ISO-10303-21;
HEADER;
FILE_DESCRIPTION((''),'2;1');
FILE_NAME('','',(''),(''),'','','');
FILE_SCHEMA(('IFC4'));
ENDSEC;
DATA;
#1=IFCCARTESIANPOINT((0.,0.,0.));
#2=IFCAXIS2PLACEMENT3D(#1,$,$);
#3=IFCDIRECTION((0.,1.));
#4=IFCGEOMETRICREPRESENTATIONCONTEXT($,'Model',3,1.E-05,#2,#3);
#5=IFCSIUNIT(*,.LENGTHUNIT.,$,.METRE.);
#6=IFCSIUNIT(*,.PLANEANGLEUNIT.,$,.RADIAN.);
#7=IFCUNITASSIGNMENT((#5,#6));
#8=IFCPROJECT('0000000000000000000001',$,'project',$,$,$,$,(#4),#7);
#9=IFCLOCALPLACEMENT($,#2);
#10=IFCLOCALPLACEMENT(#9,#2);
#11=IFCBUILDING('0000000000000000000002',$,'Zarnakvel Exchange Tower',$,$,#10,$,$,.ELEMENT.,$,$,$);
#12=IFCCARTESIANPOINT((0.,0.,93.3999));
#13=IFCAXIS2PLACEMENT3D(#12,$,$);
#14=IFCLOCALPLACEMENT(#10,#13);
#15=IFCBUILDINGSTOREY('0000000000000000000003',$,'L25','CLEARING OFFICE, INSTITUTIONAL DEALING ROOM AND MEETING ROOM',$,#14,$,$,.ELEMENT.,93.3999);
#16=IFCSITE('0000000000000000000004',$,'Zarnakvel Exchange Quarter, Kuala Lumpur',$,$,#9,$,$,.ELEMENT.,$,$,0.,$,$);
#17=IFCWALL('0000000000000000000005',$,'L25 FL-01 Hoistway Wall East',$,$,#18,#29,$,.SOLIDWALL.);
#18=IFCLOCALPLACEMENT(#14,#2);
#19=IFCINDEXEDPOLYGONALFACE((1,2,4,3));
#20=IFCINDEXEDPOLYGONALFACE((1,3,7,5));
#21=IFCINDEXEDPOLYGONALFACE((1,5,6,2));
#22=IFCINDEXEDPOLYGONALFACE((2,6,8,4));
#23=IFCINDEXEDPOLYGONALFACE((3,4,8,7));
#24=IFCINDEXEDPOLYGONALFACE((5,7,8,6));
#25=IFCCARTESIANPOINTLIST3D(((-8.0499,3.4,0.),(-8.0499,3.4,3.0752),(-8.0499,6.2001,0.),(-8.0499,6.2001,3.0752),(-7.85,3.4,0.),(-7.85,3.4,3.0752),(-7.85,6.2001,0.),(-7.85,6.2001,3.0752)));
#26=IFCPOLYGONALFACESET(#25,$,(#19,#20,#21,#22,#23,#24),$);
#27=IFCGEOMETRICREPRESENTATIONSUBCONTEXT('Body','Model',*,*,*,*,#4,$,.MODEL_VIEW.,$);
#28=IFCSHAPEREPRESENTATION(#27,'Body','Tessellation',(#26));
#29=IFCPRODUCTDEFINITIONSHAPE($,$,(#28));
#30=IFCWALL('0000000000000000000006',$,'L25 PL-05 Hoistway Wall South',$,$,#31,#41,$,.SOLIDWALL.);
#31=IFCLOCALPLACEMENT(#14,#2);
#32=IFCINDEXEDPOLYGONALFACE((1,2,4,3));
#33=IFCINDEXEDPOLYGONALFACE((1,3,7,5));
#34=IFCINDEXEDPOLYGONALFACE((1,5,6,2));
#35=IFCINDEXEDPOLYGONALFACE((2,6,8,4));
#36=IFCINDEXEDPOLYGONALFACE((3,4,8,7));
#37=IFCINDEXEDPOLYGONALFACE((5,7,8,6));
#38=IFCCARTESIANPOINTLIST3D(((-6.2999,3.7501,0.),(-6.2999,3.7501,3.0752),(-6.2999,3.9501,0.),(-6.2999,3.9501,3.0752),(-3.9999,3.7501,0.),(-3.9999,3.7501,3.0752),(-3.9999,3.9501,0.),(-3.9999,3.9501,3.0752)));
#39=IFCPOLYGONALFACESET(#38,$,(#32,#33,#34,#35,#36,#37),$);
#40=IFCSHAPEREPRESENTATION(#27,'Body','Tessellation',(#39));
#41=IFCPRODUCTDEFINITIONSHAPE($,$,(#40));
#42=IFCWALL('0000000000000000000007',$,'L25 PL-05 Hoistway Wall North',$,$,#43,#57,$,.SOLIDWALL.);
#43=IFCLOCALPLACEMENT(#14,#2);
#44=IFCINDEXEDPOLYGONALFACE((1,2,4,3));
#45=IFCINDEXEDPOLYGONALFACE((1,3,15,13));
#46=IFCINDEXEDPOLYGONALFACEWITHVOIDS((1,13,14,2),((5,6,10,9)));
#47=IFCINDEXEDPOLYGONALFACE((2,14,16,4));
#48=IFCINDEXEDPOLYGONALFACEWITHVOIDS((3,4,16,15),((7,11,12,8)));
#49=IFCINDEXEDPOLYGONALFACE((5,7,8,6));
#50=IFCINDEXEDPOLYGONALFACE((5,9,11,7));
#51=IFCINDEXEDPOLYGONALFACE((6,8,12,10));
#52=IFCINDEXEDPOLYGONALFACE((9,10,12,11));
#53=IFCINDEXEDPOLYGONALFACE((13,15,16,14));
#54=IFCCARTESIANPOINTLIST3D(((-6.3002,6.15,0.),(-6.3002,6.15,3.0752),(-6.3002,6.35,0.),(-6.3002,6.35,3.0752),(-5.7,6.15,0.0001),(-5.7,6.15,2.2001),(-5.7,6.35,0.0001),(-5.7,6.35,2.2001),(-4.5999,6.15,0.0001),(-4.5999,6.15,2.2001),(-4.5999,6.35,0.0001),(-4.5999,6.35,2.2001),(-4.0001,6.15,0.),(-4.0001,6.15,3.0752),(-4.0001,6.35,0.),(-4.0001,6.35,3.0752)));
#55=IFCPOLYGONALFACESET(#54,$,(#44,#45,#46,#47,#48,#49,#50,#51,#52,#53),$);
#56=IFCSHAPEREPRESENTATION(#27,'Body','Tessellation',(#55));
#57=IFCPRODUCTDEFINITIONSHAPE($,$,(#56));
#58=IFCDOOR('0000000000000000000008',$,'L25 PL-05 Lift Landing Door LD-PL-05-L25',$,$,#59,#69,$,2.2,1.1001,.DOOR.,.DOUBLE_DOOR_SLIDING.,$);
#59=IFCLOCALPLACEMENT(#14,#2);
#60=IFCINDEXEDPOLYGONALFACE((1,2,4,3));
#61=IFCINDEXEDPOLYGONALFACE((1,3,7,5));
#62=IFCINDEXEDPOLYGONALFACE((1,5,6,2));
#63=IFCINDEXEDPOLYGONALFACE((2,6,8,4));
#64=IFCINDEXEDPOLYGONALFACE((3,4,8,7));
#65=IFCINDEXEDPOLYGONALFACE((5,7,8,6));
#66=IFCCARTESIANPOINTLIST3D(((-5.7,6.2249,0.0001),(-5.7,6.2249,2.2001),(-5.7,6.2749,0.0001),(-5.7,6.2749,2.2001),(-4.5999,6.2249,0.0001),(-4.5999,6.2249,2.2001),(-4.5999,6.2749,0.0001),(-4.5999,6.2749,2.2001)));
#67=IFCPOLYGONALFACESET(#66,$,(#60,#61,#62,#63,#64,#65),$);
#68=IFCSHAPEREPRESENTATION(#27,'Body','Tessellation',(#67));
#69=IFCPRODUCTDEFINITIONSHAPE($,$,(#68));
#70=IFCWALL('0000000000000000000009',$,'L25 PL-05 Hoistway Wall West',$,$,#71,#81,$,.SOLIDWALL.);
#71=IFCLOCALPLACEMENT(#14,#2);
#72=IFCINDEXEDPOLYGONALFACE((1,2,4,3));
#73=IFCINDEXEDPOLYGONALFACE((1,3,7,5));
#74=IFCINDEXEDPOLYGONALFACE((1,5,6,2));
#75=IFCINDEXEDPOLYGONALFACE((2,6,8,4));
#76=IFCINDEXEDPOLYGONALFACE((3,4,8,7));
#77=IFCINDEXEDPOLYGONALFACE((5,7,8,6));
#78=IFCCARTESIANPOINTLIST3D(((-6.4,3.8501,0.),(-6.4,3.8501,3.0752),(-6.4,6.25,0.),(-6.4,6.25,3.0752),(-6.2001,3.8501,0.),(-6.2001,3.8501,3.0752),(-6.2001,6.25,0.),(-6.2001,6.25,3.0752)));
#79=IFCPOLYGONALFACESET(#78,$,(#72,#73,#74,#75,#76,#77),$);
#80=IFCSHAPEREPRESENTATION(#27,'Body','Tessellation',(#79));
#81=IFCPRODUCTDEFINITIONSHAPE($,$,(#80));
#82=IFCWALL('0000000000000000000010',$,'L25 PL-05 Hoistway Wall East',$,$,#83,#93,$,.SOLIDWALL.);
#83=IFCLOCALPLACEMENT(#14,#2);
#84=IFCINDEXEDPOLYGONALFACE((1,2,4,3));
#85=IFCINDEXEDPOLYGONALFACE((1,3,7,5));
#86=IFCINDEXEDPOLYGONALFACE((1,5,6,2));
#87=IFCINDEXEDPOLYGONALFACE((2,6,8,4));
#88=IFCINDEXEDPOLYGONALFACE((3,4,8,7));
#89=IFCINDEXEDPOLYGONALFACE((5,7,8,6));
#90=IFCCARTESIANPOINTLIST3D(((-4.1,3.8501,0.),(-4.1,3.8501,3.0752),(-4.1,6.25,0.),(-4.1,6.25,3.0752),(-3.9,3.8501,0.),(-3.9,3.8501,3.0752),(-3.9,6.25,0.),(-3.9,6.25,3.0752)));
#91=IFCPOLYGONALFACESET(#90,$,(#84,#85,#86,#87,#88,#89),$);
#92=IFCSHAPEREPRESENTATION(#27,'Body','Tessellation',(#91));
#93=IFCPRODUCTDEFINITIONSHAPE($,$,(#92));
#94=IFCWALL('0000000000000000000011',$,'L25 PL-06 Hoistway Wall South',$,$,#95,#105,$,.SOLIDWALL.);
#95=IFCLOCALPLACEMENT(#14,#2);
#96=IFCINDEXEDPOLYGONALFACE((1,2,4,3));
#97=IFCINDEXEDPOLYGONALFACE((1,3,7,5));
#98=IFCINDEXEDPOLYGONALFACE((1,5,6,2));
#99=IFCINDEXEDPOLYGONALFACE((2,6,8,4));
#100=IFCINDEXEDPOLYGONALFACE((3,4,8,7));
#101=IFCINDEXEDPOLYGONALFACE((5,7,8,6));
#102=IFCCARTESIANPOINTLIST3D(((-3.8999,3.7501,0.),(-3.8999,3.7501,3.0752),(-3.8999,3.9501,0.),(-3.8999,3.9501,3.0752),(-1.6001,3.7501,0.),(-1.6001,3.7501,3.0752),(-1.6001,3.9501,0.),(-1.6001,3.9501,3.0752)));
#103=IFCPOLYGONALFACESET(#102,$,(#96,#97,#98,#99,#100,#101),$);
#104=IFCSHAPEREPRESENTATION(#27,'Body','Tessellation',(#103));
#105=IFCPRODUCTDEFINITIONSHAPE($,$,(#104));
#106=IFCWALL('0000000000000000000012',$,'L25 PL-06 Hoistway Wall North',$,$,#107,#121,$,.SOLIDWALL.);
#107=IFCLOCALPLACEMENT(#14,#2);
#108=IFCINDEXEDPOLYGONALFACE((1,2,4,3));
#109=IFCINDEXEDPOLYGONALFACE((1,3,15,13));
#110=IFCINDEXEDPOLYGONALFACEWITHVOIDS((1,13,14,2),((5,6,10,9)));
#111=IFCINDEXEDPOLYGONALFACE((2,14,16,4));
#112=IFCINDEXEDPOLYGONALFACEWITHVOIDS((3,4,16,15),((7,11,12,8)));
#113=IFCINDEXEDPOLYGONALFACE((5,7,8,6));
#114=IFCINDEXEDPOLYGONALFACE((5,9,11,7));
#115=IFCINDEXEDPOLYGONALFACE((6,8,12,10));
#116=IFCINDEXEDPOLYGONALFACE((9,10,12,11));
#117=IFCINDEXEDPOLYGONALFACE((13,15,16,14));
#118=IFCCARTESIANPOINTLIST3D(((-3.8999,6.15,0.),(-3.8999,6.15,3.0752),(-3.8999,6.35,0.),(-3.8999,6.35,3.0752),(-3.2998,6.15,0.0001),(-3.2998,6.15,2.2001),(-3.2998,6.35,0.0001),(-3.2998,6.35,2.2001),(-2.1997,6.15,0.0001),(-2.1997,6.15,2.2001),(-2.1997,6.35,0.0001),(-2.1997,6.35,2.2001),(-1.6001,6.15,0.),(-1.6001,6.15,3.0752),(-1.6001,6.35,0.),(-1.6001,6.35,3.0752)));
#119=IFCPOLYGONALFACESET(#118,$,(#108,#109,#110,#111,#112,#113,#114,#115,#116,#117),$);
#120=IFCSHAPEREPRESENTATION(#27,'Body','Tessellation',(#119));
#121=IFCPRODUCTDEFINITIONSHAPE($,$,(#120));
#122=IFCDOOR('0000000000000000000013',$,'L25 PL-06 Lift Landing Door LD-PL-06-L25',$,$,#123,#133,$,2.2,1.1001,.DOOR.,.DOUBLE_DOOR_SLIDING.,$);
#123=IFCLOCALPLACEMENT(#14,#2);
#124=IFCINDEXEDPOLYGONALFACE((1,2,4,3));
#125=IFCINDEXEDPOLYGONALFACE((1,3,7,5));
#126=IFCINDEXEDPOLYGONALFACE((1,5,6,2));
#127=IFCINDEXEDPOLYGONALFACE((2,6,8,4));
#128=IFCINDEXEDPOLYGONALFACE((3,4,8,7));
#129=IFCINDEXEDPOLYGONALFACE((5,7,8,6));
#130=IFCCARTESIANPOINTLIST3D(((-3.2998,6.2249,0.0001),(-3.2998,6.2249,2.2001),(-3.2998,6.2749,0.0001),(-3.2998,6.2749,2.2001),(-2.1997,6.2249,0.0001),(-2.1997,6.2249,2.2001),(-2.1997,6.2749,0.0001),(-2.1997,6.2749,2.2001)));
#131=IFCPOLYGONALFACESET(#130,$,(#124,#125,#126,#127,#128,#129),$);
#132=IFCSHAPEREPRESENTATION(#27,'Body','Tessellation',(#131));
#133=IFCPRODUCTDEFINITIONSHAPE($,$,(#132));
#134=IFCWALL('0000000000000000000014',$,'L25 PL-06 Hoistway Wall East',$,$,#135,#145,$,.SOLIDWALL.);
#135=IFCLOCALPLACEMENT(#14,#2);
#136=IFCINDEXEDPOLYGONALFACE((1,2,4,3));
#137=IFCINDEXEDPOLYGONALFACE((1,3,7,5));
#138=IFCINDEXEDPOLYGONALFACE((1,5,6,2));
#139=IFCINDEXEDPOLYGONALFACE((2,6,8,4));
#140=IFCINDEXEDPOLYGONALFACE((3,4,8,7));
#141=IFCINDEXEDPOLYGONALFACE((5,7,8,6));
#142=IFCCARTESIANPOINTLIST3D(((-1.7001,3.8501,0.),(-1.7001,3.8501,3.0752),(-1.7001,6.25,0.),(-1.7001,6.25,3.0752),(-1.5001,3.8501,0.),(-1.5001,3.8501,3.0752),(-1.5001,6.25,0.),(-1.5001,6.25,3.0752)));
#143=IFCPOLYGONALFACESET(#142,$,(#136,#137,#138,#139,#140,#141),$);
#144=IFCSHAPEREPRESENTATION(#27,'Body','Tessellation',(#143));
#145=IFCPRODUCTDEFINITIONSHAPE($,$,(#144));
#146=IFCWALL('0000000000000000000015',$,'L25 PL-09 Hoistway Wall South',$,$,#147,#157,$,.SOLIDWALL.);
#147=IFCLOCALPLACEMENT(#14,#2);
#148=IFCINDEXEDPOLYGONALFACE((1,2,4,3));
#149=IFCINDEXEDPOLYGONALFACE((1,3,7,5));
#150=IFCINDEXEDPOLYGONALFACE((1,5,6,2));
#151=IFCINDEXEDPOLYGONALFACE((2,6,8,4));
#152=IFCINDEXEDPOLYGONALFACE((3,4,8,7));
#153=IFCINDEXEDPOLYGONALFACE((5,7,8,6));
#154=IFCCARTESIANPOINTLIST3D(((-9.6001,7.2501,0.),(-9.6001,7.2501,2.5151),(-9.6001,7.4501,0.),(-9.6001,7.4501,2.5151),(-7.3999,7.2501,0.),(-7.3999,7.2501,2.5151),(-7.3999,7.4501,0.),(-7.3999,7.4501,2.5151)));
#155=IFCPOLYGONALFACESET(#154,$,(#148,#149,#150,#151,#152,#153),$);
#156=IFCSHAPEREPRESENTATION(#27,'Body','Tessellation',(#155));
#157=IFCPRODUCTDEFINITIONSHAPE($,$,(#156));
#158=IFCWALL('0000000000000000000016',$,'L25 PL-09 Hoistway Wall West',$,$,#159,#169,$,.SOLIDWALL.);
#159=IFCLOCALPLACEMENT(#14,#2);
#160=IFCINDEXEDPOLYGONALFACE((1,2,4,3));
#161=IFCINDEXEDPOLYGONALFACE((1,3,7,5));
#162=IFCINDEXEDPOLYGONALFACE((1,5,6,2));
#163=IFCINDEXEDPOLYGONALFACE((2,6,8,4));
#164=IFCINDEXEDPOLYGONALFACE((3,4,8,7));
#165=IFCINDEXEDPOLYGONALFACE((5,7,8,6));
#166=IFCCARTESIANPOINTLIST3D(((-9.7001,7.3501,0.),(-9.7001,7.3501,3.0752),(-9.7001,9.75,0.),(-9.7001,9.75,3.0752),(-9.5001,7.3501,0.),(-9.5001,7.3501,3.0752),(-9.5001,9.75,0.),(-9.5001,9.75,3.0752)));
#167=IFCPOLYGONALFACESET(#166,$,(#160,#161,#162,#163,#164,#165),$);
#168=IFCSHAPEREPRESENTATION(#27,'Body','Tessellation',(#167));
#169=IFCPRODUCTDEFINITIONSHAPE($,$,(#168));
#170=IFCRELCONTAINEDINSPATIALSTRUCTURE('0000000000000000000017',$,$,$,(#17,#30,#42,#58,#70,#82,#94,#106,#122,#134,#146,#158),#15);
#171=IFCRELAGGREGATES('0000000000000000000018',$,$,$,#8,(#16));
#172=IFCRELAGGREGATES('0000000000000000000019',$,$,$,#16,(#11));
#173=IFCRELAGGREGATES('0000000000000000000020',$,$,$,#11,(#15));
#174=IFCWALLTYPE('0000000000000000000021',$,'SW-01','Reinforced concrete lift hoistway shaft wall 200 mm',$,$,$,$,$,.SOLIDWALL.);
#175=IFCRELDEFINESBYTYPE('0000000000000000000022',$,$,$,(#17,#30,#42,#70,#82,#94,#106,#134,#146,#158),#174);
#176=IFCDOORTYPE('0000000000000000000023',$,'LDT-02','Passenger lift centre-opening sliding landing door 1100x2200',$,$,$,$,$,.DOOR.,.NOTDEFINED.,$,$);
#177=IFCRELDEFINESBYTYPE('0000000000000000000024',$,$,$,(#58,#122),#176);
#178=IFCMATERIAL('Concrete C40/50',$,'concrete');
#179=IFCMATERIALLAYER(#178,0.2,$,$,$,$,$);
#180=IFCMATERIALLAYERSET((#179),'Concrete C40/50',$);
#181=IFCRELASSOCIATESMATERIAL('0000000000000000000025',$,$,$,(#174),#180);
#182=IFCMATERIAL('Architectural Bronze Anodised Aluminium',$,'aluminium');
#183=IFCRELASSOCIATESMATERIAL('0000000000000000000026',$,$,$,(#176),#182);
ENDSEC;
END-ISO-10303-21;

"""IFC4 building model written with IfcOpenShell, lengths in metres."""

from ifc_helpers import new_model, si_unit, direction, frame, frame_2d, origin, place, context, subcontext, project, spatial, rectangle, extrude, source, transform, mapped, material, layer, layer_set, type_object, element, fill, save


model = new_model("IFC4")

# Units and contexts
model_context = context("Model", 3, precision=1e-05, world=origin(), true_north=direction((0.0, 1.0)))
body_context = subcontext(model_context, "Body", "Model", "MODEL_VIEW")
ifc_project = project(units=[si_unit("LENGTHUNIT", "METRE"), si_unit("PLANEANGLEUNIT", "RADIAN")], contexts=[model_context])

# Site, building, storey
site_placement = place(None, origin())
site = spatial("IfcSite", under=ifc_project, at=site_placement, Name="Zarnakvel Exchange Quarter, Kuala Lumpur", CompositionType="ELEMENT", RefElevation=0.0)
building_placement = place(site_placement, origin())
building = spatial("IfcBuilding", under=site, at=building_placement, Name="Zarnakvel Exchange Tower", CompositionType="ELEMENT")
storey_placement = place(building_placement, frame((0.0, 0.0, 93.3999)))
storey = spatial("IfcBuildingStorey", under=building, at=storey_placement, Name="L25", Description="CLEARING OFFICE, INSTITUTIONAL DEALING ROOM AND MEETING ROOM", CompositionType="ELEMENT", Elevation=93.3999)

# Shared definitions
ifc_material_1 = material(Name="Concrete C40/50", Category="concrete")
ifc_layer_1 = layer(ifc_material_1, 0.2)
ifc_layer_set_1 = layer_set([ifc_layer_1], Name="Concrete C40/50")
wall_type_1 = type_object("IfcWallType", Name="SW-01", Description="Reinforced concrete lift hoistway shaft wall 200 mm", PredefinedType="SOLIDWALL", material=ifc_layer_set_1)
shared_shape_1 = source(origin(), body_context, "Body", "SweptSolid", [
    extrude(rectangle(XDim=1.1001, YDim=2.2, at=frame_2d((0.55, 1.1001))), frame((0.0, 0.0249, 0.0), z_axis=(0.0, -1.0, 0.0), x_axis=(1.0, 0.0, 0.0)), (0.0, 0.0, 1.0), 0.05),
])

# Walls
for number, where, z_axis, x_axis, name in (
    (1, (-7.95, 6.2, 0.0), (0.0, 0.0, 1.0), (0.0, -1.0, 0.0), "L25 FL-01 Hoistway Wall East"),
):
    element("IfcWall", number, at=place(storey_placement, frame(where, z_axis=z_axis, x_axis=x_axis)), inside=storey, type_object=wall_type_1, Name=name, PredefinedType="SOLIDWALL", context=body_context, shape_type="SweptSolid", body=[
        extrude(rectangle(XDim=2.8, YDim=0.2, at=frame_2d((1.3999, 0.0))), origin(), (0.0, 0.0, 1.0), 3.0752),
    ])
wall_1_placement = place(storey_placement, frame((-4.0, 3.8501, 0.0), z_axis=(0.0, 0.0, 1.0), x_axis=(-1.0, 0.0, 0.0)))
element("IfcWall", 2, at=wall_1_placement, inside=storey, type_object=wall_type_1, Name="L25 PL-05 Hoistway Wall South", PredefinedType="SOLIDWALL", context=body_context, shape_type="SweptSolid", body=[
    extrude(rectangle(XDim=2.3, YDim=0.2, at=frame_2d((1.1499, 0.0))), origin(), (0.0, 0.0, 1.0), 3.0752),
])

# Wall, opening, door
wall_2_placement = place(storey_placement, frame((-6.3, 6.25, 0.0), z_axis=(0.0, 0.0, 1.0), x_axis=(1.0, 0.0, 0.0)))
wall_2 = element("IfcWall", 3, at=wall_2_placement, inside=storey, type_object=wall_type_1, Name="L25 PL-05 Hoistway Wall North", PredefinedType="SOLIDWALL", context=body_context, shape_type="SweptSolid", body=[
    extrude(rectangle(XDim=2.3, YDim=0.2, at=frame_2d((1.1499, 0.0))), origin(), (0.0, 0.0, 1.0), 3.0752),
])
opening_1_placement = place(wall_2_placement, frame((0.6001, 0.0, 0.0)))
opening_1 = element("IfcOpeningElement", 4, at=opening_1_placement, cuts=wall_2, PredefinedType="OPENING", context=body_context, shape_type="SweptSolid", body=[
    extrude(rectangle(XDim=1.1001, YDim=2.2, at=frame_2d((0.55, 1.1001))), frame((0.0, 0.1099, 0.0), z_axis=(0.0, -1.0, 0.0), x_axis=(1.0, 0.0, 0.0)), (0.0, 0.0, 1.0), 0.22),
])
ifc_material_2 = material(Name="Architectural Bronze Anodised Aluminium", Category="aluminium")
door_type_1 = type_object("IfcDoorType", Name="LDT-02", Description="Passenger lift centre-opening sliding landing door 1100x2200", OperationType="NOTDEFINED", PredefinedType="DOOR", material=ifc_material_2)
door_1_placement = place(opening_1_placement, origin())
door_1 = element("IfcDoor", 5, at=door_1_placement, inside=storey, type_object=door_type_1, Name="L25 PL-05 Lift Landing Door LD-PL-05-L25", OperationType="DOUBLE_DOOR_SLIDING", OverallHeight=2.2, OverallWidth=1.1001, PredefinedType="DOOR", context=body_context, shape_type="MappedRepresentation", body=[
    mapped(shared_shape_1, transform((0.0, 0.0, 0.0), x_axis=(1.0, 0.0, 0.0), y_axis=(0.0, 1.0, 0.0), z_axis=(0.0, 0.0, 1.0), scale=1.0)),
])
fill(opening_1, door_1)

# Walls
for number, where, z_axis, x_axis, name in (
    (6, (-6.3, 3.8501, 0.0), (0.0, 0.0, 1.0), (0.0, 1.0, 0.0), "L25 PL-05 Hoistway Wall West"),
    (7, (-4.0, 6.25, 0.0), (0.0, 0.0, 1.0), (0.0, -1.0, 0.0), "L25 PL-05 Hoistway Wall East"),
):
    element("IfcWall", number, at=place(storey_placement, frame(where, z_axis=z_axis, x_axis=x_axis)), inside=storey, type_object=wall_type_1, Name=name, PredefinedType="SOLIDWALL", context=body_context, shape_type="SweptSolid", body=[
        extrude(rectangle(XDim=2.3999, YDim=0.2, at=frame_2d((1.2, 0.0))), origin(), (0.0, 0.0, 1.0), 3.0752),
    ])
wall_3_placement = place(storey_placement, frame((-1.6001, 3.8501, 0.0), z_axis=(0.0, 0.0, 1.0), x_axis=(-1.0, 0.0, 0.0)))
element("IfcWall", 8, at=wall_3_placement, inside=storey, type_object=wall_type_1, Name="L25 PL-06 Hoistway Wall South", PredefinedType="SOLIDWALL", context=body_context, shape_type="SweptSolid", body=[
    extrude(rectangle(XDim=2.2998, YDim=0.2, at=frame_2d((1.1499, 0.0))), origin(), (0.0, 0.0, 1.0), 3.0752),
])

# Wall, opening, door
wall_4_placement = place(storey_placement, frame((-3.8999, 6.25, 0.0), z_axis=(0.0, 0.0, 1.0), x_axis=(1.0, 0.0, 0.0)))
wall_4 = element("IfcWall", 9, at=wall_4_placement, inside=storey, type_object=wall_type_1, Name="L25 PL-06 Hoistway Wall North", PredefinedType="SOLIDWALL", context=body_context, shape_type="SweptSolid", body=[
    extrude(rectangle(XDim=2.2998, YDim=0.2, at=frame_2d((1.1499, 0.0))), origin(), (0.0, 0.0, 1.0), 3.0752),
])
opening_2_placement = place(wall_4_placement, frame((0.6001, 0.0, 0.0)))
opening_2 = element("IfcOpeningElement", 10, at=opening_2_placement, cuts=wall_4, PredefinedType="OPENING", context=body_context, shape_type="SweptSolid", body=[
    extrude(rectangle(XDim=1.1001, YDim=2.2, at=frame_2d((0.55, 1.1001))), frame((0.0, 0.1099, 0.0), z_axis=(0.0, -1.0, 0.0), x_axis=(1.0, 0.0, 0.0)), (0.0, 0.0, 1.0), 0.22),
])
door_2_placement = place(opening_2_placement, origin())
door_2 = element("IfcDoor", 11, at=door_2_placement, inside=storey, type_object=door_type_1, Name="L25 PL-06 Lift Landing Door LD-PL-06-L25", OperationType="DOUBLE_DOOR_SLIDING", OverallHeight=2.2, OverallWidth=1.1001, PredefinedType="DOOR", context=body_context, shape_type="MappedRepresentation", body=[
    mapped(shared_shape_1, transform((0.0, 0.0, 0.0), x_axis=(1.0, 0.0, 0.0), y_axis=(0.0, 1.0, 0.0), z_axis=(0.0, 0.0, 1.0), scale=1.0)),
])
fill(opening_2, door_2)

# Walls
wall_5_placement = place(storey_placement, frame((-1.6001, 6.25, 0.0), z_axis=(0.0, 0.0, 1.0), x_axis=(0.0, -1.0, 0.0)))
element("IfcWall", 12, at=wall_5_placement, inside=storey, type_object=wall_type_1, Name="L25 PL-06 Hoistway Wall East", PredefinedType="SOLIDWALL", context=body_context, shape_type="SweptSolid", body=[
    extrude(rectangle(XDim=2.3999, YDim=0.2, at=frame_2d((1.2, 0.0))), origin(), (0.0, 0.0, 1.0), 3.0752),
])
wall_6_placement = place(storey_placement, frame((-7.3999, 7.3501, 0.0), z_axis=(0.0, 0.0, 1.0), x_axis=(-1.0, 0.0, 0.0)))
element("IfcWall", 13, at=wall_6_placement, inside=storey, type_object=wall_type_1, Name="L25 PL-09 Hoistway Wall South", PredefinedType="SOLIDWALL", context=body_context, shape_type="SweptSolid", body=[
    extrude(rectangle(XDim=2.2002, YDim=0.2, at=frame_2d((1.1001, 0.0))), origin(), (0.0, 0.0, 1.0), 2.5151),
])
wall_7_placement = place(storey_placement, frame((-9.6001, 7.3501, 0.0), z_axis=(0.0, 0.0, 1.0), x_axis=(0.0, 1.0, 0.0)))
element("IfcWall", 14, at=wall_7_placement, inside=storey, type_object=wall_type_1, Name="L25 PL-09 Hoistway Wall West", PredefinedType="SOLIDWALL", context=body_context, shape_type="SweptSolid", body=[
    extrude(rectangle(XDim=2.3999, YDim=0.2, at=frame_2d((1.2, 0.0))), origin(), (0.0, 0.0, 1.0), 3.0752),
])

save(model, "model.ifc")
